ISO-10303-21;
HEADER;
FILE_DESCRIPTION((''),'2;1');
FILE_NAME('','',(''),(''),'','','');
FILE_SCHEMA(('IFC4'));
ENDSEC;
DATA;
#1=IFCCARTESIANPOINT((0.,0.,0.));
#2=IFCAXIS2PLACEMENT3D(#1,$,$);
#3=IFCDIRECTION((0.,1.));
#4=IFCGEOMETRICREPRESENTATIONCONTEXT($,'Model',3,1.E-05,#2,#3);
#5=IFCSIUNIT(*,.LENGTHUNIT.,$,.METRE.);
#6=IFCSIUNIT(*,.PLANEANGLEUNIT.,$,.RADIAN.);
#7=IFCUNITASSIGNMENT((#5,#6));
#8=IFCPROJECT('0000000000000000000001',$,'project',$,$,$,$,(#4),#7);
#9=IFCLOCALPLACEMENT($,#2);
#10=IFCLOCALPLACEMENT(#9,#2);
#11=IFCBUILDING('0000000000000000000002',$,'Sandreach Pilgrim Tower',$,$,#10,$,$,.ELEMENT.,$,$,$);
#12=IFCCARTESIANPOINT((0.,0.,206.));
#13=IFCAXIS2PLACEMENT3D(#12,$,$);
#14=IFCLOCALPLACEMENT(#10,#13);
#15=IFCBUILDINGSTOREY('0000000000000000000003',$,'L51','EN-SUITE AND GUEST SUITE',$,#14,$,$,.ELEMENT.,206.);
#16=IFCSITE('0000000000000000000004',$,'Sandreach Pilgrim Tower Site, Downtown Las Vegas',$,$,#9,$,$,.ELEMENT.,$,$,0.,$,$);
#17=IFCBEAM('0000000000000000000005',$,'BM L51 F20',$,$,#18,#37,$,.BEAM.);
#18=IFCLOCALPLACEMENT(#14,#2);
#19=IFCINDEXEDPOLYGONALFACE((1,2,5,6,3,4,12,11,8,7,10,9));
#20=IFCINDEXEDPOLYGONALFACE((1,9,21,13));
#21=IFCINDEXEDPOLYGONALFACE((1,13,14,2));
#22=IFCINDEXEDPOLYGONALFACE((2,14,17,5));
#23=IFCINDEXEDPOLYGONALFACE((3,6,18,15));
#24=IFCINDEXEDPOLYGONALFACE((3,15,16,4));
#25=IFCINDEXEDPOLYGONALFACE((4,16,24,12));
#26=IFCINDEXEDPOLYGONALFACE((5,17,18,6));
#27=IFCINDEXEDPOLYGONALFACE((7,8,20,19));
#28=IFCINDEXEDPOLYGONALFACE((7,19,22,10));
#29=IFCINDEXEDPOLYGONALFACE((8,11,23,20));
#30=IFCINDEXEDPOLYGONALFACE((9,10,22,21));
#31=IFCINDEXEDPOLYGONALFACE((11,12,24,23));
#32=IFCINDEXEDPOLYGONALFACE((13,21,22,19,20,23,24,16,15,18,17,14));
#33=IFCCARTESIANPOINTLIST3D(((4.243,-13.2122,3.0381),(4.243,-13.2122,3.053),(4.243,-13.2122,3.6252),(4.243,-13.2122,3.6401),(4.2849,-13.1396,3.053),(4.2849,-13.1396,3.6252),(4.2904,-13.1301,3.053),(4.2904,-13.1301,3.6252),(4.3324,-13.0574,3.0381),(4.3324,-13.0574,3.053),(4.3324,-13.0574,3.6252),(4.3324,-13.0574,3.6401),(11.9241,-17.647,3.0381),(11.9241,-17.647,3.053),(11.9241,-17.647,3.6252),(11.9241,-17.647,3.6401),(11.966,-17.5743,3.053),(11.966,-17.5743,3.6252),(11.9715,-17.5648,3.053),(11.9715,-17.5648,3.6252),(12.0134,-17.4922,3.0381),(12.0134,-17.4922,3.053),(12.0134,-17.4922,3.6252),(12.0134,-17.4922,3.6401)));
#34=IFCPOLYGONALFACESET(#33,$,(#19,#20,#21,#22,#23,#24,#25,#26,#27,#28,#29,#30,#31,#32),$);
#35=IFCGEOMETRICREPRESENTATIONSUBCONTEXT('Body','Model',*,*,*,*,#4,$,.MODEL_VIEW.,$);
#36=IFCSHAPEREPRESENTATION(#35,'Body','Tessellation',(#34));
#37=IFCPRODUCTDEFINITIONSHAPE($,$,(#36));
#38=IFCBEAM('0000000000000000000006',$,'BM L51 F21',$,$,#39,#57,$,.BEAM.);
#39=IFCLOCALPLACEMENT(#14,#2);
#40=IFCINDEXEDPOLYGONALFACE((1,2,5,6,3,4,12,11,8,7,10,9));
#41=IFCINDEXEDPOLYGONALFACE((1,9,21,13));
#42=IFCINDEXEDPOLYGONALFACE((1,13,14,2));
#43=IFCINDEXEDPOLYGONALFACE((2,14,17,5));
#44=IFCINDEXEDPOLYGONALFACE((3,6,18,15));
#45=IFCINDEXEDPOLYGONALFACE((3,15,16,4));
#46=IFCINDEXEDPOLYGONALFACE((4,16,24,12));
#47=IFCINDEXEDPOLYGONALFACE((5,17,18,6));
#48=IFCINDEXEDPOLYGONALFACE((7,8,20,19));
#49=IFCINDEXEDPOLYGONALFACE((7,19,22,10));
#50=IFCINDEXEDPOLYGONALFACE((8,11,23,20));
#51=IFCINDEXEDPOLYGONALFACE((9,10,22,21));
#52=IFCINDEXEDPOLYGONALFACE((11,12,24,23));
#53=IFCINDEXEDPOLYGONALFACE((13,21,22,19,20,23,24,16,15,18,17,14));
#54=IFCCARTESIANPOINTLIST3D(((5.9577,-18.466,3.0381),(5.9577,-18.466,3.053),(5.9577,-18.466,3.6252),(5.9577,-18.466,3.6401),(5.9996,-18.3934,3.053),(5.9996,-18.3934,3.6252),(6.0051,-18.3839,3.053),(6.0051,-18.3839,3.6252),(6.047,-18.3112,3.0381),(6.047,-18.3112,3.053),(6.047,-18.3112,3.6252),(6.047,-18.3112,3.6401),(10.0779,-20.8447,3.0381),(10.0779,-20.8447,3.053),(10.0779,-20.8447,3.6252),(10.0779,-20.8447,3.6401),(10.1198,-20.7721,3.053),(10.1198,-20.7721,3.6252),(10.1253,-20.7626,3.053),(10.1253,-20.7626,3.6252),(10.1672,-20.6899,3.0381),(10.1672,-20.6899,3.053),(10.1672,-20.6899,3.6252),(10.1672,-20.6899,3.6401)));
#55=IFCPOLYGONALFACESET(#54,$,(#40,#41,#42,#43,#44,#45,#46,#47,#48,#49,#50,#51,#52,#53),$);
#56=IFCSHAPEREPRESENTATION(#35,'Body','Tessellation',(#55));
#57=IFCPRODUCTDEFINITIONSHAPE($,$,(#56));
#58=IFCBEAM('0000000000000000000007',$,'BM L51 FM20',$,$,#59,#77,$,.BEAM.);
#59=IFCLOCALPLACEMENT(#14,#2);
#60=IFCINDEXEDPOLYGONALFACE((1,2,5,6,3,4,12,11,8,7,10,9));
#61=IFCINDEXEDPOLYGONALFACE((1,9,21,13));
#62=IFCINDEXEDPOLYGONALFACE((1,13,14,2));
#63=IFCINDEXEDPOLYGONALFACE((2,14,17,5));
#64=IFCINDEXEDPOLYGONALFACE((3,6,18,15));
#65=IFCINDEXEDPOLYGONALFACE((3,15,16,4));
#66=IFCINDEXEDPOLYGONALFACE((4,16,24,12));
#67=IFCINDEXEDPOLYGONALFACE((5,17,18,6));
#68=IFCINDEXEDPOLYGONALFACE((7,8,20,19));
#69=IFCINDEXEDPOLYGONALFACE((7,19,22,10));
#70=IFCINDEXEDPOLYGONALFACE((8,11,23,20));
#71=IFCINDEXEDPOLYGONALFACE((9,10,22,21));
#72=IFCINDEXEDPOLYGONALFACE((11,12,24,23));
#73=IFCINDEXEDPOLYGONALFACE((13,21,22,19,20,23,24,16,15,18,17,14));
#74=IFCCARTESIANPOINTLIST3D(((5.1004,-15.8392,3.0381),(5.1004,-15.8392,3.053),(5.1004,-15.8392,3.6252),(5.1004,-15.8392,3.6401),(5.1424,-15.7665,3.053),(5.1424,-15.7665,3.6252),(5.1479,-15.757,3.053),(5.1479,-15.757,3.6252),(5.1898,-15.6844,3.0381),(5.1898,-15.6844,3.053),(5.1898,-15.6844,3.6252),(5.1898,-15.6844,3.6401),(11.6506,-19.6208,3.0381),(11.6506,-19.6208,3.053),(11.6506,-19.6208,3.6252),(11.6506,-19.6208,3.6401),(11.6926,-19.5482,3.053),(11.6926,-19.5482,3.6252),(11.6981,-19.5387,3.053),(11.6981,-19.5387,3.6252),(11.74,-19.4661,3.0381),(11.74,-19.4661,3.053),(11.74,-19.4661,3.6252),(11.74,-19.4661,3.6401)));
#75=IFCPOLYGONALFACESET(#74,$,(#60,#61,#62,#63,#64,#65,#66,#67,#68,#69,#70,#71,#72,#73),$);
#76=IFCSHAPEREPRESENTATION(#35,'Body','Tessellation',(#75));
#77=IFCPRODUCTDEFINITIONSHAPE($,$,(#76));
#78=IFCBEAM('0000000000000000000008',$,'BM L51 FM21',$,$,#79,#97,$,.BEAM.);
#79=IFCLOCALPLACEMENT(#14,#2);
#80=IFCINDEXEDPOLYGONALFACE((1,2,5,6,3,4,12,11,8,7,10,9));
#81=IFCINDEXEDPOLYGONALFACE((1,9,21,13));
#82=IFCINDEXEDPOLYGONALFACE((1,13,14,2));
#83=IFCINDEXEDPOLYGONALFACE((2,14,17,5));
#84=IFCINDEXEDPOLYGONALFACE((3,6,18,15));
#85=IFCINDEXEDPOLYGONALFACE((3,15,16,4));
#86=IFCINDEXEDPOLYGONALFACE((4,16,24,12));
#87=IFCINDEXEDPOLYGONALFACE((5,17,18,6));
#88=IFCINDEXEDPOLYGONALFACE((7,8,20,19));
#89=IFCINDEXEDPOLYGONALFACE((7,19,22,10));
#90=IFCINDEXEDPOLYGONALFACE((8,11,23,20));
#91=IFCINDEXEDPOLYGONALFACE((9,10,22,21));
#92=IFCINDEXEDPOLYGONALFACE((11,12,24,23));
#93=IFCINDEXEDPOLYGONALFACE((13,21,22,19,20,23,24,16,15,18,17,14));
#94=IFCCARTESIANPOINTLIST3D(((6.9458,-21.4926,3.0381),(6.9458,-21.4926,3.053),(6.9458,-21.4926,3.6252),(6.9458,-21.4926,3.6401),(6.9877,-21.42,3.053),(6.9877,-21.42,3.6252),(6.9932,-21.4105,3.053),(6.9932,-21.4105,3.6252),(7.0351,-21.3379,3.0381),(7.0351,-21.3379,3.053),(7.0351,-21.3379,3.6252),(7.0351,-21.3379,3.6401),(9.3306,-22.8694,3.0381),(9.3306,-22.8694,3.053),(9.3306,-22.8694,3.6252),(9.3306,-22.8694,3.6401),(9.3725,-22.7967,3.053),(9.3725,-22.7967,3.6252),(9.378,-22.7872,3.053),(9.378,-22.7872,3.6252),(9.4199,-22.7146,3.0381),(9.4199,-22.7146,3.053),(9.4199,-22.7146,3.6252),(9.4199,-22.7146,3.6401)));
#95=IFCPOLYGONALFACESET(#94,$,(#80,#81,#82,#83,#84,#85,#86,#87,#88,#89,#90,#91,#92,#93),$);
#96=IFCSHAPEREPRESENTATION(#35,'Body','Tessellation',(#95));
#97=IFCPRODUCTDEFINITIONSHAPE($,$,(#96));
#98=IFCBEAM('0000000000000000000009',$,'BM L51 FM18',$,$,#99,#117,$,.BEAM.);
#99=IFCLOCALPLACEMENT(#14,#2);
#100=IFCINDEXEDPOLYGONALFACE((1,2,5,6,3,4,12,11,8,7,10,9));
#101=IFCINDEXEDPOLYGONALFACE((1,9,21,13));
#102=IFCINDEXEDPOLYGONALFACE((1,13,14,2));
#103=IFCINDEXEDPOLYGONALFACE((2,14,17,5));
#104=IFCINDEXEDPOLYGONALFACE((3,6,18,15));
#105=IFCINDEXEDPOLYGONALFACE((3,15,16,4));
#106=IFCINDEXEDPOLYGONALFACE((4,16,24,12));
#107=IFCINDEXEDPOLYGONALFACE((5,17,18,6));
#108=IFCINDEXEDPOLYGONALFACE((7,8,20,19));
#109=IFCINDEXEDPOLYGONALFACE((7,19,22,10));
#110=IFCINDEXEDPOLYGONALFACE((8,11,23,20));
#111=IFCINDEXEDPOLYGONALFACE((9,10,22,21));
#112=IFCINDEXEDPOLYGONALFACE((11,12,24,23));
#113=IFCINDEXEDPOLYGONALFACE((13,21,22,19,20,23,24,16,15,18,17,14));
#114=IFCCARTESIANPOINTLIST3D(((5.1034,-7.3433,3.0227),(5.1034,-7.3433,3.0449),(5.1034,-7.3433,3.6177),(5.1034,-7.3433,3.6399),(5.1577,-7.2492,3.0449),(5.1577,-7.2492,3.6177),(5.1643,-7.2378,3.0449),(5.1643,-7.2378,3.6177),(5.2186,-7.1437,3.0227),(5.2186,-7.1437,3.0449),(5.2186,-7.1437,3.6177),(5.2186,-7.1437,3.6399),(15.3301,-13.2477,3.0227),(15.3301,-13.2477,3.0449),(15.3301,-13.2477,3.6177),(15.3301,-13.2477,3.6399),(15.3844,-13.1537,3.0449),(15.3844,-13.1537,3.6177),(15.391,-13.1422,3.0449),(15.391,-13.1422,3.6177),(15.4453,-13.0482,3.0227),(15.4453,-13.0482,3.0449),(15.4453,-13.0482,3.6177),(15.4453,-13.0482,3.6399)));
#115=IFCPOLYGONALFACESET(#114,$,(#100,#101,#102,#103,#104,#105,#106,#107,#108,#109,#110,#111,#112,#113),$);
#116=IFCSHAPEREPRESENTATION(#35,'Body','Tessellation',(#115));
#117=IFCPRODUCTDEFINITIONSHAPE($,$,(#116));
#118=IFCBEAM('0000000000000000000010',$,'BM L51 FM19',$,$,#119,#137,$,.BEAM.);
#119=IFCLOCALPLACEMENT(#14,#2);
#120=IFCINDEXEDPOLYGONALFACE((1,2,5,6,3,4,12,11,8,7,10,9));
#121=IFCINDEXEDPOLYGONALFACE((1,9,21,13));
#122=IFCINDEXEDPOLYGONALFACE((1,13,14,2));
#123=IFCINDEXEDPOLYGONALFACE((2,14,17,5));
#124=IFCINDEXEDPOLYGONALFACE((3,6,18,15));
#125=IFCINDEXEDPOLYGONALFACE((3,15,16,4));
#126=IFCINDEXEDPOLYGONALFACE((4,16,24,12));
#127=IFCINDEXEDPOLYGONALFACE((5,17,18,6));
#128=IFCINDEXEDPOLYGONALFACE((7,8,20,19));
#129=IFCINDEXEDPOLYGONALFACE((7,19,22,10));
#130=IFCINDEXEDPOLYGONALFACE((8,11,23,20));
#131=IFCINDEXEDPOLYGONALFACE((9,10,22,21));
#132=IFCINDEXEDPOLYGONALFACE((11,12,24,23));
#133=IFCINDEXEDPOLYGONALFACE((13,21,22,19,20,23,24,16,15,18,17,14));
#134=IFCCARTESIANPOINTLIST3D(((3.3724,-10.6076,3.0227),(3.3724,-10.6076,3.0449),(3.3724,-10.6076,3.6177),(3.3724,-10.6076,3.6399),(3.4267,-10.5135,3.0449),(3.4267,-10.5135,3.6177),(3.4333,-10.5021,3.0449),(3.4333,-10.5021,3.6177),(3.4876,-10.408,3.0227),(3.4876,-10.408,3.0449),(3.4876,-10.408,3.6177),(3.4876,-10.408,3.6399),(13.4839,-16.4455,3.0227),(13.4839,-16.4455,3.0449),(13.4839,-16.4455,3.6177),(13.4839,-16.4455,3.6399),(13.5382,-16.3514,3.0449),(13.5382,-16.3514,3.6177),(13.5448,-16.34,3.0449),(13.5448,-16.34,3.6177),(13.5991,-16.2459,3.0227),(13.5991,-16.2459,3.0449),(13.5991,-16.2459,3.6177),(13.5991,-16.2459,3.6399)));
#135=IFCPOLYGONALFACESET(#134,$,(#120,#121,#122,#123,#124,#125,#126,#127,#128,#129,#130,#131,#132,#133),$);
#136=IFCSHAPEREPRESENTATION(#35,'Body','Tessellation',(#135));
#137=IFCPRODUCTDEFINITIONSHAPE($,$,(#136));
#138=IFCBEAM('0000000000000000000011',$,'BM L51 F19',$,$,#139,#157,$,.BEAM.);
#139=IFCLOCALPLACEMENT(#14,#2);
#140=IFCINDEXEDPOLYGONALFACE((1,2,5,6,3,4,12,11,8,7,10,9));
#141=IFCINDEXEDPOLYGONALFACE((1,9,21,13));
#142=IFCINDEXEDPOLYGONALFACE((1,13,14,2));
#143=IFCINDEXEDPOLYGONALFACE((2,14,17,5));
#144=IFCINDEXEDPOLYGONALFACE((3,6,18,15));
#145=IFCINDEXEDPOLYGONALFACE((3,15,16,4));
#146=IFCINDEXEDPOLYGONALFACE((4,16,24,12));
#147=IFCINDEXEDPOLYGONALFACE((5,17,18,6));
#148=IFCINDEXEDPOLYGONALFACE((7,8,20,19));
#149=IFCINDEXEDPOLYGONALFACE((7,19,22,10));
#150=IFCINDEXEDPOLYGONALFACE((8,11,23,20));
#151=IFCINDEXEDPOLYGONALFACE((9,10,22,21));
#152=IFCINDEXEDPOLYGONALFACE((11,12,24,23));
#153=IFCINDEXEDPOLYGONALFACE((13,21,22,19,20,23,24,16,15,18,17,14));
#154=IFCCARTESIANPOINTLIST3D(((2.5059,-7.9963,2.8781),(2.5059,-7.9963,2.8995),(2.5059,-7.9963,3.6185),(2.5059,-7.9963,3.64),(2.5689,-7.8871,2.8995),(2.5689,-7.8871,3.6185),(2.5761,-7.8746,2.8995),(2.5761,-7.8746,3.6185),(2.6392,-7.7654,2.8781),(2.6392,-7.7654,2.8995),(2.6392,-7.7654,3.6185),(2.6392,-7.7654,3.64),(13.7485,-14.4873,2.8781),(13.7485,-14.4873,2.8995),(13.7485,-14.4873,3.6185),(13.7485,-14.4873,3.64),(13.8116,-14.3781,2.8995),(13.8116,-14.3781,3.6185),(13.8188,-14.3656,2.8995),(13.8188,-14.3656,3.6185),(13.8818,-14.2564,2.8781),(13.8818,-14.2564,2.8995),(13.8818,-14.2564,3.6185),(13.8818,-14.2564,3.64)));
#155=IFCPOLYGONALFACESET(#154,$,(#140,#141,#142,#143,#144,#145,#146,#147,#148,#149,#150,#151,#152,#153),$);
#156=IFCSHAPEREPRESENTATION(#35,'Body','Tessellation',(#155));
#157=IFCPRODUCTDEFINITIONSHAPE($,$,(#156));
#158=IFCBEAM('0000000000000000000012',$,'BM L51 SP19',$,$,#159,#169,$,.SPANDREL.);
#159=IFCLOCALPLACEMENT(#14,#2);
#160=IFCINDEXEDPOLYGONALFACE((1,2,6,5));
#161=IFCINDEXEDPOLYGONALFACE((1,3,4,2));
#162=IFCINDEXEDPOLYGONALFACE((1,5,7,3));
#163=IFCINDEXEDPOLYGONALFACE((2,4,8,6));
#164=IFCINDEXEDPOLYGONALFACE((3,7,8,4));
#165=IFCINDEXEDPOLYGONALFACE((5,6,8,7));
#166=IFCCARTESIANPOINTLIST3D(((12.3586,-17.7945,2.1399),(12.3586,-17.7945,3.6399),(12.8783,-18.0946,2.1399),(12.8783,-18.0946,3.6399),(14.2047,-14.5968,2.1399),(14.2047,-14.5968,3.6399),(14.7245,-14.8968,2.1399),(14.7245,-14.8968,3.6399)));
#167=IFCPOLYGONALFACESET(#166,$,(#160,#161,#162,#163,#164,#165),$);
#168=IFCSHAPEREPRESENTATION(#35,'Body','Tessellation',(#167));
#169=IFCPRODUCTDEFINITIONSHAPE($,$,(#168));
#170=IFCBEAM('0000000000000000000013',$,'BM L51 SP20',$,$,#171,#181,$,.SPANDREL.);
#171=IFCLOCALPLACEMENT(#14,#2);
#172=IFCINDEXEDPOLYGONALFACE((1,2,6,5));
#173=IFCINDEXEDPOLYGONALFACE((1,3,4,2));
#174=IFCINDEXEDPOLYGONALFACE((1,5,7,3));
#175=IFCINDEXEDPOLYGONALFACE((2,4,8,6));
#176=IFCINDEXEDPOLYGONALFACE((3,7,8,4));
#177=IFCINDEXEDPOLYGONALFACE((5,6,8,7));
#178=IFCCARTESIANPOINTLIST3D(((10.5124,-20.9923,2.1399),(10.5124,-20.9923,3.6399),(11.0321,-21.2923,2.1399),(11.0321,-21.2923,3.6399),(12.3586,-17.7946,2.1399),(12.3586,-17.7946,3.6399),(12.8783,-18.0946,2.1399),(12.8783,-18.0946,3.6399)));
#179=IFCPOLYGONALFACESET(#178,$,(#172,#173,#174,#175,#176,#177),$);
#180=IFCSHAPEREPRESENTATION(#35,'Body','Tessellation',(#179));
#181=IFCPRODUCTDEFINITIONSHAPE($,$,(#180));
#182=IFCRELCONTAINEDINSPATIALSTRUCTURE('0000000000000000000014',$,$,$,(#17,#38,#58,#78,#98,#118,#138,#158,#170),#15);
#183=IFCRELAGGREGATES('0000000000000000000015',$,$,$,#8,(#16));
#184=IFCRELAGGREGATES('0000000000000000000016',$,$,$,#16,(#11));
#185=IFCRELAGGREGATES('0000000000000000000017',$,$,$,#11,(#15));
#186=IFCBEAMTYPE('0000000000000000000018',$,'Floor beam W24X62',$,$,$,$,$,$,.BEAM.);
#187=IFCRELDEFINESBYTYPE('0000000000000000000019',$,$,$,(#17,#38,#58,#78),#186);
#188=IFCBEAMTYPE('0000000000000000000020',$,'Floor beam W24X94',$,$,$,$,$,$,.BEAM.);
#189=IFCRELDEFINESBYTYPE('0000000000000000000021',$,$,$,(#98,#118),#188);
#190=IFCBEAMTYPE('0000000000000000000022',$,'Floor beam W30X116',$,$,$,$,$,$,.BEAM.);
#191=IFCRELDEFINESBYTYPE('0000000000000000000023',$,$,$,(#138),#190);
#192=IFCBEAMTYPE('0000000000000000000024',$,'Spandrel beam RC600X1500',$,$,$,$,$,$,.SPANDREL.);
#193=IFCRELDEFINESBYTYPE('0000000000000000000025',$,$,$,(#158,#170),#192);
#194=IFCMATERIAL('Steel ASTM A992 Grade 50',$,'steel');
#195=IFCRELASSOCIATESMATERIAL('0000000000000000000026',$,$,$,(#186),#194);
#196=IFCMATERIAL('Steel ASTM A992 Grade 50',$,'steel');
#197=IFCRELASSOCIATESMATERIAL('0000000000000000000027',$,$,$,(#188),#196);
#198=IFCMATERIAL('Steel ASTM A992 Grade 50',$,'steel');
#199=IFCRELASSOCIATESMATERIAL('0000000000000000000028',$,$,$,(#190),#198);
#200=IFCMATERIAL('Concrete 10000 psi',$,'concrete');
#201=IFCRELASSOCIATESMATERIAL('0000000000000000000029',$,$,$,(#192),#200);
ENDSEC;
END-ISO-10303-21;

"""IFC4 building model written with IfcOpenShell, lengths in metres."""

from ifc_helpers import new_model, si_unit, direction, frame, origin, origin_2d, place, context, subcontext, project, spatial, rectangle, i_section, extrude, material, material_profile, profile_set, type_object, element, save


model = new_model("IFC4")

# Units and contexts
model_context = context("Model", 3, precision=1e-05, world=origin(), true_north=direction((0.0, 1.0)))
body_context = subcontext(model_context, "Body", "Model", "MODEL_VIEW")
ifc_project = project(units=[si_unit("LENGTHUNIT", "METRE"), si_unit("PLANEANGLEUNIT", "RADIAN")], contexts=[model_context])

# Site, building, storey
site_placement = place(None, origin())
site = spatial("IfcSite", under=ifc_project, at=site_placement, Name="Sandreach Pilgrim Tower Site, Downtown Las Vegas", CompositionType="ELEMENT", RefElevation=0.0)
building_placement = place(site_placement, origin())
building = spatial("IfcBuilding", under=site, at=building_placement, Name="Sandreach Pilgrim Tower", CompositionType="ELEMENT")
storey_placement = place(building_placement, frame((0.0, 0.0, 206.0)))
storey = spatial("IfcBuildingStorey", under=building, at=storey_placement, Name="L51", Description="EN-SUITE AND GUEST SUITE", CompositionType="ELEMENT", Elevation=206.0)

# Beams
ifc_material_1 = material(Name="Steel ASTM A992 Grade 50", Category="steel")
ifc_material_profile_1 = material_profile(ifc_material_1, i_section(OverallWidth=0.1787, OverallDepth=0.6021, WebThickness=0.011, FlangeThickness=0.0149, at=origin_2d()), Name="W24X62")
ifc_profile_set_1 = profile_set([ifc_material_profile_1], Name="Steel ASTM A992 Grade 50")
beam_type_1 = type_object("IfcBeamType", Name="Floor beam W24X62", PredefinedType="BEAM", material=ifc_profile_set_1)
beam_1_placement = place(storey_placement, frame((11.9688, -17.5696, 3.3391), z_axis=(-0.866021, 0.500008, 0.0), x_axis=(-0.500008, -0.866021, 0.0)))
element("IfcBeam", 1, at=beam_1_placement, inside=storey, type_object=beam_type_1, Name="BM L51 F20", PredefinedType="BEAM", context=body_context, shape_type="SweptSolid", body=[
    extrude(i_section(OverallWidth=0.1787, OverallDepth=0.6021, WebThickness=0.011, FlangeThickness=0.0149, at=origin_2d()), origin(), (0.0, 0.0, 1.0), 8.8694),
])
beam_2_placement = place(storey_placement, frame((10.1226, -20.7673, 3.3391), z_axis=(-0.866033, 0.499986, 0.0), x_axis=(-0.499986, -0.866033, 0.0)))
element("IfcBeam", 2, at=beam_2_placement, inside=storey, type_object=beam_type_1, Name="BM L51 F21", PredefinedType="BEAM", context=body_context, shape_type="SweptSolid", body=[
    extrude(i_section(OverallWidth=0.1787, OverallDepth=0.6021, WebThickness=0.011, FlangeThickness=0.0149, at=origin_2d()), origin(), (0.0, 0.0, 1.0), 4.7576),
])
beam_3_placement = place(storey_placement, frame((11.6953, -19.5435, 3.3391), z_axis=(-0.86603, 0.499993, 0.0), x_axis=(-0.499993, -0.86603, 0.0)))
element("IfcBeam", 3, at=beam_3_placement, inside=storey, type_object=beam_type_1, Name="BM L51 FM20", PredefinedType="BEAM", context=body_context, shape_type="SweptSolid", body=[
    extrude(i_section(OverallWidth=0.1787, OverallDepth=0.6021, WebThickness=0.011, FlangeThickness=0.0149, at=origin_2d()), origin(), (0.0, 0.0, 1.0), 7.5635),
])
beam_4_placement = place(storey_placement, frame((9.3752, -22.792, 3.3391), z_axis=(-0.866047, 0.499963, 0.0), x_axis=(-0.499963, -0.866047, 0.0)))
element("IfcBeam", 4, at=beam_4_placement, inside=storey, type_object=beam_type_1, Name="BM L51 FM21", PredefinedType="BEAM", context=body_context, shape_type="SweptSolid", body=[
    extrude(i_section(OverallWidth=0.1787, OverallDepth=0.6021, WebThickness=0.011, FlangeThickness=0.0149, at=origin_2d()), origin(), (0.0, 0.0, 1.0), 2.7537),
])
ifc_material_2 = material(Name="Steel ASTM A992 Grade 50", Category="steel")
ifc_material_profile_2 = material_profile(ifc_material_2, i_section(OverallWidth=0.2305, OverallDepth=0.6172, WebThickness=0.0132, FlangeThickness=0.0222, at=origin_2d()), Name="W24X94")
ifc_profile_set_2 = profile_set([ifc_material_profile_2], Name="Steel ASTM A992 Grade 50")
beam_type_2 = type_object("IfcBeamType", Name="Floor beam W24X94", PredefinedType="BEAM", material=ifc_profile_set_2)
beam_5_placement = place(storey_placement, frame((15.3877, -13.1479, 3.3313), z_axis=(-0.866022, 0.500006, 0.0), x_axis=(-0.500006, -0.866022, 0.0)))
element("IfcBeam", 5, at=beam_5_placement, inside=storey, type_object=beam_type_2, Name="BM L51 FM18", PredefinedType="BEAM", context=body_context, shape_type="SweptSolid", body=[
    extrude(i_section(OverallWidth=0.2305, OverallDepth=0.6172, WebThickness=0.0132, FlangeThickness=0.0222, at=origin_2d()), origin(), (0.0, 0.0, 1.0), 11.8088),
])
beam_6_placement = place(storey_placement, frame((13.5415, -16.3457, 3.3313), z_axis=(-0.866026, 0.499998, 0.0), x_axis=(-0.499998, -0.866026, 0.0)))
element("IfcBeam", 6, at=beam_6_placement, inside=storey, type_object=beam_type_2, Name="BM L51 FM19", PredefinedType="BEAM", context=body_context, shape_type="SweptSolid", body=[
    extrude(i_section(OverallWidth=0.2305, OverallDepth=0.6172, WebThickness=0.0132, FlangeThickness=0.0222, at=origin_2d()), origin(), (0.0, 0.0, 1.0), 11.6758),
])
ifc_material_3 = material(Name="Steel ASTM A992 Grade 50", Category="steel")
ifc_material_profile_3 = material_profile(ifc_material_3, i_section(OverallWidth=0.2666, OverallDepth=0.762, WebThickness=0.0144, FlangeThickness=0.0215, at=origin_2d()), Name="W30X116")
ifc_profile_set_3 = profile_set([ifc_material_profile_3], Name="Steel ASTM A992 Grade 50")
beam_type_3 = type_object("IfcBeamType", Name="Floor beam W30X116", PredefinedType="BEAM", material=ifc_profile_set_3)
beam_7_placement = place(storey_placement, frame((13.8152, -14.3718, 3.259), z_axis=(-0.866025, 0.5, 0.0), x_axis=(-0.5, -0.866025, 0.0)))
element("IfcBeam", 7, at=beam_7_placement, inside=storey, type_object=beam_type_3, Name="BM L51 F19", PredefinedType="BEAM", context=body_context, shape_type="SweptSolid", body=[
    extrude(i_section(OverallWidth=0.2666, OverallDepth=0.762, WebThickness=0.0144, FlangeThickness=0.0215, at=origin_2d()), origin(), (0.0, 0.0, 1.0), 12.9819),
])
ifc_material_4 = material(Name="Concrete 10000 psi", Category="concrete")
ifc_material_profile_4 = material_profile(ifc_material_4, rectangle(XDim=0.6001, YDim=1.5, at=origin_2d()), Name="RC600X1500")
ifc_profile_set_4 = profile_set([ifc_material_profile_4], Name="Concrete 10000 psi")
beam_type_4 = type_object("IfcBeamType", Name="Spandrel beam RC600X1500", PredefinedType="SPANDREL", material=ifc_profile_set_4)
for number, where, z_axis, x_axis, name in (
    (8, (14.4646, -14.7468, 2.8899), (-0.499993, -0.866029, 0.0), (0.866029, -0.499993, 0.0), "BM L51 SP19"),
    (9, (12.6184, -17.9446, 2.8899), (-0.499993, -0.866029, 0.0), (0.866029, -0.499993, 0.0), "BM L51 SP20"),
):
    element("IfcBeam", number, at=place(storey_placement, frame(where, z_axis=z_axis, x_axis=x_axis)), inside=storey, type_object=beam_type_4, Name=name, PredefinedType="SPANDREL", context=body_context, shape_type="SweptSolid", body=[
        extrude(rectangle(XDim=0.6001, YDim=1.5, at=origin_2d()), origin(), (0.0, 0.0, 1.0), 3.6924),
    ])

save(model, "model.ifc")
